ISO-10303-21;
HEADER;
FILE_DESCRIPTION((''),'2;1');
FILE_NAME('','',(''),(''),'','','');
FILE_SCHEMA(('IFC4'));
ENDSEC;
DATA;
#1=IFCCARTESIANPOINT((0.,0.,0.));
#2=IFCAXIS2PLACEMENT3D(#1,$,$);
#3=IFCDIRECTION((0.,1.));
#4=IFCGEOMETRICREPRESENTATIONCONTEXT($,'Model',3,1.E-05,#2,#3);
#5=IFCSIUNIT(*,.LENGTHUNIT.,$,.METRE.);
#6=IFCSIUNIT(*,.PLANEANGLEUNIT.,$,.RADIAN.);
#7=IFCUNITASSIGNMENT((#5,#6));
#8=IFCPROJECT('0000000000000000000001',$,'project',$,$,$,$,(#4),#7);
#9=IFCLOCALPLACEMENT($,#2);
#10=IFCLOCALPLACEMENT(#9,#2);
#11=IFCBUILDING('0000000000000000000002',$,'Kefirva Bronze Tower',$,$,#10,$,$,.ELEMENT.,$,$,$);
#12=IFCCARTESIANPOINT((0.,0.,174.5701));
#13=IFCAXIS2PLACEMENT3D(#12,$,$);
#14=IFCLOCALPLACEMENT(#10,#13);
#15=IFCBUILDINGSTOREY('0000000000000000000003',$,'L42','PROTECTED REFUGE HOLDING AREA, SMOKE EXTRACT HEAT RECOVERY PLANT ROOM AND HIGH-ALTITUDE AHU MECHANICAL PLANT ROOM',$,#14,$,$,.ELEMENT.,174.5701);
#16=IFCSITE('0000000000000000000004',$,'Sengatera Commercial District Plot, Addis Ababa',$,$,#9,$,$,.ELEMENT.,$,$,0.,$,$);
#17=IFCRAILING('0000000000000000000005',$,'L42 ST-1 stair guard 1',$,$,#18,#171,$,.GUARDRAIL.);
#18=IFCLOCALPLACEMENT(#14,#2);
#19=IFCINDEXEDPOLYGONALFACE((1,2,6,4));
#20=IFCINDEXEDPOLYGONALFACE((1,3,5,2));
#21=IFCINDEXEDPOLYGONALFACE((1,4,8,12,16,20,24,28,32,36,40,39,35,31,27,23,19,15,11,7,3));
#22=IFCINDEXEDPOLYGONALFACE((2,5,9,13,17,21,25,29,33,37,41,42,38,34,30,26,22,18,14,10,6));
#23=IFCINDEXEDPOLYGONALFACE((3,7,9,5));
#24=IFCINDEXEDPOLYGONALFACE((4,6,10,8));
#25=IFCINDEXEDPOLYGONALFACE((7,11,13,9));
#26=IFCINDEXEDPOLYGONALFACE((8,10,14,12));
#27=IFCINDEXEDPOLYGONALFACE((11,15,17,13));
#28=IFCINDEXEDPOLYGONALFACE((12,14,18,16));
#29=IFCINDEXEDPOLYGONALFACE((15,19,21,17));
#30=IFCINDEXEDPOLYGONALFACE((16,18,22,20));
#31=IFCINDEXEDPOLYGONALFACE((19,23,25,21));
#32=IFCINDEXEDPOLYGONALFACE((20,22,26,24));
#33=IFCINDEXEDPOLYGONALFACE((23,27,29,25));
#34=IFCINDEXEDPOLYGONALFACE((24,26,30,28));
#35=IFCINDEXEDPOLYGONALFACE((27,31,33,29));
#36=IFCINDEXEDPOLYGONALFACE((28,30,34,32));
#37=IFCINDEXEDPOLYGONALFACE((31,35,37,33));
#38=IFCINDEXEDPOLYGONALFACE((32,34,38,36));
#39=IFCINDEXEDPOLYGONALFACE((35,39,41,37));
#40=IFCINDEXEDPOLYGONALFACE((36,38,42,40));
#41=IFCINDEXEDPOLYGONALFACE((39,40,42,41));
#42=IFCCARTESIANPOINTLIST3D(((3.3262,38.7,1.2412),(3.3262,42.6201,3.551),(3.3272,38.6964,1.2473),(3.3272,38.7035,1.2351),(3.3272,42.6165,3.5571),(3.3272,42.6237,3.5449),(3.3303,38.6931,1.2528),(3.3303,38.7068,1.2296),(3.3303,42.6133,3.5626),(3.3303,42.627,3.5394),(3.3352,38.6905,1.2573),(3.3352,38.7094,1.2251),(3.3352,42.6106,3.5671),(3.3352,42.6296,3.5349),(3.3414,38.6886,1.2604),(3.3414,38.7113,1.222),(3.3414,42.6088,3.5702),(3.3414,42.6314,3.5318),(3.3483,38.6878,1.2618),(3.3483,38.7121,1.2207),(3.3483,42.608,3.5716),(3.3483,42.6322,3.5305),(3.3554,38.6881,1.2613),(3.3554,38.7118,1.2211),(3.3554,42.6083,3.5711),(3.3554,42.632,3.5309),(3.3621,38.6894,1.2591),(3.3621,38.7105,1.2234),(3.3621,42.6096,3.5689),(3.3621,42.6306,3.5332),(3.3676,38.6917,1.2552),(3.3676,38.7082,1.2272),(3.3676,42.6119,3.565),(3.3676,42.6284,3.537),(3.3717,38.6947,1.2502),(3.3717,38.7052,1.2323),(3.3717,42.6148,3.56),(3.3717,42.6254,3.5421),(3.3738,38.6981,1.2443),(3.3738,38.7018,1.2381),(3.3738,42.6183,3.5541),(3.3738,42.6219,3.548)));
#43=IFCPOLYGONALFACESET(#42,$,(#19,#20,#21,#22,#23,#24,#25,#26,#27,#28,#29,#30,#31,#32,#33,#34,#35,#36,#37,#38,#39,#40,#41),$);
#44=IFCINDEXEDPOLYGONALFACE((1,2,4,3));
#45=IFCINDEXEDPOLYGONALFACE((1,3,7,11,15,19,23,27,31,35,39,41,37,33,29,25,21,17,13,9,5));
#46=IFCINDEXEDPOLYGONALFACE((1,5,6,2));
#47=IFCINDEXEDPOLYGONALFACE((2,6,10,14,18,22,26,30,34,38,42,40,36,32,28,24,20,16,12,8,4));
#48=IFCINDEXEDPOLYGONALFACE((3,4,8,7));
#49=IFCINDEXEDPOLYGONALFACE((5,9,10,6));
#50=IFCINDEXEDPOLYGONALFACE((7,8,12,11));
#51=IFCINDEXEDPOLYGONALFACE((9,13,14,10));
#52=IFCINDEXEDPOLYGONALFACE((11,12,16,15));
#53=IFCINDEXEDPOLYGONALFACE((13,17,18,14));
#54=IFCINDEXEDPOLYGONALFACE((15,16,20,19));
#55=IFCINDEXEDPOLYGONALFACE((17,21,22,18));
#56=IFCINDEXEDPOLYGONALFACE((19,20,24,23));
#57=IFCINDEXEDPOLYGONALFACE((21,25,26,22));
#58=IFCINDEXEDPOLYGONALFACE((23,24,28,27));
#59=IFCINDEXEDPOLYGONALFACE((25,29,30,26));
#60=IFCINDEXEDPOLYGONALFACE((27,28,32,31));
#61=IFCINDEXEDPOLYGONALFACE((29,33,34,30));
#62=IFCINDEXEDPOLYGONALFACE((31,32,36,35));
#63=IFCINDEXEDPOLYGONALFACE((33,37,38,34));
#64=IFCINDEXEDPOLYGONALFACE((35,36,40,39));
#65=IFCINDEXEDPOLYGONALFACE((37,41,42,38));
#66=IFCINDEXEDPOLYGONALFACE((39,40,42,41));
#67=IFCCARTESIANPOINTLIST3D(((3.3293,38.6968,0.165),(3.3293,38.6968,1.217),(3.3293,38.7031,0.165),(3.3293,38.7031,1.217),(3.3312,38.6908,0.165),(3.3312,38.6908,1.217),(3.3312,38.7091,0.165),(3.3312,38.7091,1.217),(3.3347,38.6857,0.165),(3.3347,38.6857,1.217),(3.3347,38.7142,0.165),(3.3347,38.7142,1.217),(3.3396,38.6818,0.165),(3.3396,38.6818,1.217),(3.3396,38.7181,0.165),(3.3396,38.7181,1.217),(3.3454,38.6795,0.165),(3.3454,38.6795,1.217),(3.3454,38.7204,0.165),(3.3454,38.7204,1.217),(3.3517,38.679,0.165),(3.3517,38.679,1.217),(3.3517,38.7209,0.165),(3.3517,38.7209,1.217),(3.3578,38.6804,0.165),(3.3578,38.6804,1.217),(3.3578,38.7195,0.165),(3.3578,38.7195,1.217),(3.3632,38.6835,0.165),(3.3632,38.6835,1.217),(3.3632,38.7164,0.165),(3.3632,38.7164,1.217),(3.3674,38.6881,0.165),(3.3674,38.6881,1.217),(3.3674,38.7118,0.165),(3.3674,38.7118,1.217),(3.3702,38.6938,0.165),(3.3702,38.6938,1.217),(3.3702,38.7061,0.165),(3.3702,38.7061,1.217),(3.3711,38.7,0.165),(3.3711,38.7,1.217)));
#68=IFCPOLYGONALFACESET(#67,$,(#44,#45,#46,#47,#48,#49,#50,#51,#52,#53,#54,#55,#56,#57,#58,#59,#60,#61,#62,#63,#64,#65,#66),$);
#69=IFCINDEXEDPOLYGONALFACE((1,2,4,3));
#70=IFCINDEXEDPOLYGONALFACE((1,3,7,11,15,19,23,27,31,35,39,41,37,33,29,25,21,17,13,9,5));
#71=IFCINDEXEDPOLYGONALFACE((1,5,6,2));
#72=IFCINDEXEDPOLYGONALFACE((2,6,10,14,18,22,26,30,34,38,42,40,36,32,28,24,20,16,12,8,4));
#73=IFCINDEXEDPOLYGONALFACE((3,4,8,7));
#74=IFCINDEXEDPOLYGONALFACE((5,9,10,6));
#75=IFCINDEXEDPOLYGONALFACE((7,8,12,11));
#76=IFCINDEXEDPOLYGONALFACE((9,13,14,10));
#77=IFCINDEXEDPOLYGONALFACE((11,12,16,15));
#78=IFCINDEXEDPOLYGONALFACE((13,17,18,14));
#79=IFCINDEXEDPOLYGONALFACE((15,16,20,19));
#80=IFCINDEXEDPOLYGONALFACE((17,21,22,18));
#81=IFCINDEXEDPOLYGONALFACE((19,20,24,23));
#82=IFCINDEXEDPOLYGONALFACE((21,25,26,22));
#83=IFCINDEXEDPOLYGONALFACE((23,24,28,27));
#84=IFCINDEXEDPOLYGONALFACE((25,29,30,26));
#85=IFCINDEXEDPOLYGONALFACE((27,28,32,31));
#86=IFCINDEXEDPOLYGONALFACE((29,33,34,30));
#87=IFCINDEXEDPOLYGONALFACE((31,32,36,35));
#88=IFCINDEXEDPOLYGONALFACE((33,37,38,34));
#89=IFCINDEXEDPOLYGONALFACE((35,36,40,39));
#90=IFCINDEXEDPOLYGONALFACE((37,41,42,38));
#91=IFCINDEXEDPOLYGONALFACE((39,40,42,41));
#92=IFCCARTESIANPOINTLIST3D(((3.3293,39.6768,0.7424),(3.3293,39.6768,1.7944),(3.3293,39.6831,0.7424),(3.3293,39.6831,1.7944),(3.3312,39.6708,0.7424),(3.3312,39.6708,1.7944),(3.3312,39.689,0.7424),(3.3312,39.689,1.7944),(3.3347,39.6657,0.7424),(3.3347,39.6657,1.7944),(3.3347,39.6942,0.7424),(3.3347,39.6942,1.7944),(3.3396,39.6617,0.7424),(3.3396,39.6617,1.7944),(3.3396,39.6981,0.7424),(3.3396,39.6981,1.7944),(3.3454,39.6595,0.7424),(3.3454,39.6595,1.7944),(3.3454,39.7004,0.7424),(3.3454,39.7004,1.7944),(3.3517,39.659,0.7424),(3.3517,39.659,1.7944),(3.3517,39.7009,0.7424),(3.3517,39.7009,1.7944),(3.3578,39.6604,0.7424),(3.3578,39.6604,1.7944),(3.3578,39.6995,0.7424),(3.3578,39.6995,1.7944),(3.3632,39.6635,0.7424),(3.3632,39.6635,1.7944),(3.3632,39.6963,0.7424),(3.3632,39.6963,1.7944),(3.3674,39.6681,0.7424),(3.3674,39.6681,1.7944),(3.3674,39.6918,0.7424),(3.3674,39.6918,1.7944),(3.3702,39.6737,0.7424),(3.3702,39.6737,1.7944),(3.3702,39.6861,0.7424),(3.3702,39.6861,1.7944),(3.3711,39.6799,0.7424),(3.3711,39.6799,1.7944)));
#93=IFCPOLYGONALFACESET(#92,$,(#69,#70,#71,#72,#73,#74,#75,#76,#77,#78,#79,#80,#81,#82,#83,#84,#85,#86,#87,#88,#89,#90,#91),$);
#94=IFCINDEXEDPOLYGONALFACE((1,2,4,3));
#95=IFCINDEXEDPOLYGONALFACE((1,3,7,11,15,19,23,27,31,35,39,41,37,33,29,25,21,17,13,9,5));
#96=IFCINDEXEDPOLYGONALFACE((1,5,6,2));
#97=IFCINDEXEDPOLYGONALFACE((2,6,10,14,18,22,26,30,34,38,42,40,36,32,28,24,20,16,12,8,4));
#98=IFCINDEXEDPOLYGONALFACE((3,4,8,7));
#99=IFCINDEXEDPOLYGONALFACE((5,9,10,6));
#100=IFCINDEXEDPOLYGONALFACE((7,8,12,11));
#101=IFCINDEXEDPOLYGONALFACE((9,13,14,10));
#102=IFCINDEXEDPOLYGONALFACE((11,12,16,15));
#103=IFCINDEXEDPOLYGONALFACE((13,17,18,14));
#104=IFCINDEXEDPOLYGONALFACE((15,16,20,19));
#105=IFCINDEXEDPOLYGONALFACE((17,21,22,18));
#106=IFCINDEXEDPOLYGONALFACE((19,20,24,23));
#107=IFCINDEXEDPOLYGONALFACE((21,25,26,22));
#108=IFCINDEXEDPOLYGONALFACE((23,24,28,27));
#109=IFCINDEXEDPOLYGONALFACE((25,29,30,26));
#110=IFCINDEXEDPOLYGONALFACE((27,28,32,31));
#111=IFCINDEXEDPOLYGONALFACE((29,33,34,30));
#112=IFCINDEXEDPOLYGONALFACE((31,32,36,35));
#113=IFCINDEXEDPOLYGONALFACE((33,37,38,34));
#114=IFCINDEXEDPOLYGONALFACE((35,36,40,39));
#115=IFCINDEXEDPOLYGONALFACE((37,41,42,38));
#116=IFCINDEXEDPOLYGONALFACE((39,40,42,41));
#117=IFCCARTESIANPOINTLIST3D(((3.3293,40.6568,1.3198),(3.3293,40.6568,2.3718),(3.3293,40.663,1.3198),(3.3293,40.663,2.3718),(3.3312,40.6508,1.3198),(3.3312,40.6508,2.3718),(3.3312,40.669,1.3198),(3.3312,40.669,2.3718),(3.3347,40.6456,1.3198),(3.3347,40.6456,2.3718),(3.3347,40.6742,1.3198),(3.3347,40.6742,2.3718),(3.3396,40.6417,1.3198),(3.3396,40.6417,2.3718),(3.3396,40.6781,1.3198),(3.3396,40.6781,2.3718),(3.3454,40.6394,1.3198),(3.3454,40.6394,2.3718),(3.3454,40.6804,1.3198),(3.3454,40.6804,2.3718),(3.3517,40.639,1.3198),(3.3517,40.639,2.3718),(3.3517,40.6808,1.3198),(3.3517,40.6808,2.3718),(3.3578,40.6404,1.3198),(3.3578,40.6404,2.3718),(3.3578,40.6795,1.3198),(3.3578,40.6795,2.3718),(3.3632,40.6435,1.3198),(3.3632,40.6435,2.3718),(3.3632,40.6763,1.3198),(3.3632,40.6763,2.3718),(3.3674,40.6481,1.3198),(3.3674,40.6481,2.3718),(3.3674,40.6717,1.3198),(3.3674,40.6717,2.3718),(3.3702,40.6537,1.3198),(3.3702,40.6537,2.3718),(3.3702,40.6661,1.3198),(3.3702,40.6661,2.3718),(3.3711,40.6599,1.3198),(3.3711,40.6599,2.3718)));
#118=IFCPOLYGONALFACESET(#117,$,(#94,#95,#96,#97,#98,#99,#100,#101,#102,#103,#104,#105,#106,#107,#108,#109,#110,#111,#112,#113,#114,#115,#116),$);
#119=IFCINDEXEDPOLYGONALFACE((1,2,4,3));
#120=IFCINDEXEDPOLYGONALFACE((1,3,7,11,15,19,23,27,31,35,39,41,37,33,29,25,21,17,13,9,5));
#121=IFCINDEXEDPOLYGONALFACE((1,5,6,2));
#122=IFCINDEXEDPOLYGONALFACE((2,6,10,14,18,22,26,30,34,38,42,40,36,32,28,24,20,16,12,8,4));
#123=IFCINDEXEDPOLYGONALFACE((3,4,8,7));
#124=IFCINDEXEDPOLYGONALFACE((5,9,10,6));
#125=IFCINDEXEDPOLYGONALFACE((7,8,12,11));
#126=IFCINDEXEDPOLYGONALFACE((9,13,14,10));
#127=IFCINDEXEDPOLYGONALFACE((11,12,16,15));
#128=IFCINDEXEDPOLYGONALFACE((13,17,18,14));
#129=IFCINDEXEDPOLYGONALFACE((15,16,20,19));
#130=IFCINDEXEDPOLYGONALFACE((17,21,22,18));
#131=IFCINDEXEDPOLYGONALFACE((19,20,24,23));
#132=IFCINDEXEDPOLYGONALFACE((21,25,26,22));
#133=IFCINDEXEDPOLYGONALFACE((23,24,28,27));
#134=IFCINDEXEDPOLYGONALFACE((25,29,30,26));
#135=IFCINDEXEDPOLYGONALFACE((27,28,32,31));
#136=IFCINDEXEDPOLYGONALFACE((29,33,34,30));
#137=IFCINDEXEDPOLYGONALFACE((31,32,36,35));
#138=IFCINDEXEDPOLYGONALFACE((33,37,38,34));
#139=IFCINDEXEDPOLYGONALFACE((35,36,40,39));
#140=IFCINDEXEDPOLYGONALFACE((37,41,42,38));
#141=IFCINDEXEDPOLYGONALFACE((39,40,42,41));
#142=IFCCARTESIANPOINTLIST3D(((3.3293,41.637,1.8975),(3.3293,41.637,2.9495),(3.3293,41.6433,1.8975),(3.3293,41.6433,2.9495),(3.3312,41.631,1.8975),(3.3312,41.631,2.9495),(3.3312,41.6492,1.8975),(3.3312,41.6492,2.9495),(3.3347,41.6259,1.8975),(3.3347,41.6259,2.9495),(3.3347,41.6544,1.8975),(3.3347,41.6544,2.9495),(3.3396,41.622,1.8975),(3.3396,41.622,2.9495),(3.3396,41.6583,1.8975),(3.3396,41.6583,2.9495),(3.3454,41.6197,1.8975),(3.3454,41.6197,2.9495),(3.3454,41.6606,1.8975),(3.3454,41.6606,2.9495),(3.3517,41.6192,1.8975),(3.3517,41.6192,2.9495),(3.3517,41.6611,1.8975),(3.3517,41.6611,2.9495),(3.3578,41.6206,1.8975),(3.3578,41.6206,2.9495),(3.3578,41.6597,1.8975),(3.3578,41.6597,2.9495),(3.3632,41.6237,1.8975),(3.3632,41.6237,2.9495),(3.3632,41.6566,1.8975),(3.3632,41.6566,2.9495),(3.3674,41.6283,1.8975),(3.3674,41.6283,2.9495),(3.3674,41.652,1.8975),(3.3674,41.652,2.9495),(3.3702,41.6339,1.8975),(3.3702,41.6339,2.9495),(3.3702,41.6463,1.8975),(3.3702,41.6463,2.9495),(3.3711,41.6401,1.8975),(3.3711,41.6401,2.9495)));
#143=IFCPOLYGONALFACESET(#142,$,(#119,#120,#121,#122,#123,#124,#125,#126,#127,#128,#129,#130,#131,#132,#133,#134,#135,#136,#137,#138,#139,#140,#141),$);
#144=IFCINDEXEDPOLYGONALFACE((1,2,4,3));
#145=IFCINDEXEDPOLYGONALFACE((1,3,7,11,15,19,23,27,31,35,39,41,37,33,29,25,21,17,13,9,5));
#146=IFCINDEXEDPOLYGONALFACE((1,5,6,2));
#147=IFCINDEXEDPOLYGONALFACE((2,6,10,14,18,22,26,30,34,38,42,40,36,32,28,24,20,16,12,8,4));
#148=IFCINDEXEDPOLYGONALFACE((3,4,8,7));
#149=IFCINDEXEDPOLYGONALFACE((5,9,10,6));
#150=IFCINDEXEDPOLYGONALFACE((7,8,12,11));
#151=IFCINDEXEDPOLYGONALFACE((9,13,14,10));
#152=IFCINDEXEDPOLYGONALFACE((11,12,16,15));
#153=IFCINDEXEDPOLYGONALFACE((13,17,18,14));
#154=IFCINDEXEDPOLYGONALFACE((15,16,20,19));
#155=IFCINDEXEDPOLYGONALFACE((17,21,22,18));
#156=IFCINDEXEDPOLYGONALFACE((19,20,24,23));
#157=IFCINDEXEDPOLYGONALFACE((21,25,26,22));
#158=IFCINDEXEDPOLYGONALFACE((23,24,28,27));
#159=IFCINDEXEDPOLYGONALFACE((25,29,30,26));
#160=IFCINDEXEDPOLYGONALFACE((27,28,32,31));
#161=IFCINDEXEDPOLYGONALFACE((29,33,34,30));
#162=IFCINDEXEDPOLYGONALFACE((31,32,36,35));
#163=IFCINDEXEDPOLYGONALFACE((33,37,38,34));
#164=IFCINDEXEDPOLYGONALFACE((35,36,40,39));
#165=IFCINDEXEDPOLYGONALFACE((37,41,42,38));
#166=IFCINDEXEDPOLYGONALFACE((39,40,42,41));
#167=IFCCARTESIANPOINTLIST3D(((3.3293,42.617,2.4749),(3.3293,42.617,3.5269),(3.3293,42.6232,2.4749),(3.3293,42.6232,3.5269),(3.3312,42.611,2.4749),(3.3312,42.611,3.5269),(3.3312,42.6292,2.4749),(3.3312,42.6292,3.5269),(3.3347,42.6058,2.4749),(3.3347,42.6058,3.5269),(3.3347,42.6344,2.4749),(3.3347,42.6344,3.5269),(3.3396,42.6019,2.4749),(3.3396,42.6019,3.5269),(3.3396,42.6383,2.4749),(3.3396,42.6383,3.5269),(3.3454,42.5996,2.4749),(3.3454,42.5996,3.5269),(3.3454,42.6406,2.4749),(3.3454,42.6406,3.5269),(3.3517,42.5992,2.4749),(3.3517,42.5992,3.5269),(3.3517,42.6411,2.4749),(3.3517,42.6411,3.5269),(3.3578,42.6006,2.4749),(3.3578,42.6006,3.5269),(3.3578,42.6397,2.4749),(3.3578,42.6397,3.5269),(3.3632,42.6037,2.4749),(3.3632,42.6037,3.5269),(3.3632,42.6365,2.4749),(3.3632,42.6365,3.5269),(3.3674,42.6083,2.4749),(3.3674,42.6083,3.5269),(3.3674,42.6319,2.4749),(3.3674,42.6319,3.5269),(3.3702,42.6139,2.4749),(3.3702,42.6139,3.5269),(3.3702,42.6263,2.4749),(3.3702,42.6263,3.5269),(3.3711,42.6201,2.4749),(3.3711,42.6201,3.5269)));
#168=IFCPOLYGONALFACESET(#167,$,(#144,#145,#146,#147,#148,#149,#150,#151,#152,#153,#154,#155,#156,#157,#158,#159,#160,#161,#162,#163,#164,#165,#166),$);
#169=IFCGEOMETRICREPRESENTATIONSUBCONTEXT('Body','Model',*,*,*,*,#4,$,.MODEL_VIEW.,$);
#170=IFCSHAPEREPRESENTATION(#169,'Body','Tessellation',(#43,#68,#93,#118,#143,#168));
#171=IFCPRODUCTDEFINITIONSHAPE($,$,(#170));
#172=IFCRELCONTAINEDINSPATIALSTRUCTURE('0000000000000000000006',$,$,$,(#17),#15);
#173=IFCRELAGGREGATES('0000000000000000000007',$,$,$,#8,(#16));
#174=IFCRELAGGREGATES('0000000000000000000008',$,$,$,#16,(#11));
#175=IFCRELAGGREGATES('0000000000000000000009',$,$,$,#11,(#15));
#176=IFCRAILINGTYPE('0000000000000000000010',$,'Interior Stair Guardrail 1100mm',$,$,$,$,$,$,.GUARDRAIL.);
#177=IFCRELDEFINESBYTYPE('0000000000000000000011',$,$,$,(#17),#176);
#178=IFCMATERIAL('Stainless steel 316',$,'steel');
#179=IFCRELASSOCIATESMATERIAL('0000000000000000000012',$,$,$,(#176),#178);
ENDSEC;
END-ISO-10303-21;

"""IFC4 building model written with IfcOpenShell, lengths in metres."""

from ifc_helpers import new_model, si_unit, direction, frame, origin, origin_2d, place, context, subcontext, project, spatial, circle, extrude, material, type_object, element, save


model = new_model("IFC4")

# Units and contexts
model_context = context("Model", 3, precision=1e-05, world=origin(), true_north=direction((0.0, 1.0)))
body_context = subcontext(model_context, "Body", "Model", "MODEL_VIEW")
ifc_project = project(units=[si_unit("LENGTHUNIT", "METRE"), si_unit("PLANEANGLEUNIT", "RADIAN")], contexts=[model_context])

# Site, building, storey
site_placement = place(None, origin())
site = spatial("IfcSite", under=ifc_project, at=site_placement, Name="Sengatera Commercial District Plot, Addis Ababa", CompositionType="ELEMENT", RefElevation=0.0)
building_placement = place(site_placement, origin())
building = spatial("IfcBuilding", under=site, at=building_placement, Name="Kefirva Bronze Tower", CompositionType="ELEMENT")
storey_placement = place(building_placement, frame((0.0, 0.0, 174.5701)))
storey = spatial("IfcBuildingStorey", under=building, at=storey_placement, Name="L42", Description="PROTECTED REFUGE HOLDING AREA, SMOKE EXTRACT HEAT RECOVERY PLANT ROOM AND HIGH-ALTITUDE AHU MECHANICAL PLANT ROOM", CompositionType="ELEMENT", Elevation=174.5701)

# Railing
ifc_material_1 = material(Name="Stainless steel 316", Category="steel")
railing_type_1 = type_object("IfcRailingType", Name="Interior Stair Guardrail 1100mm", PredefinedType="GUARDRAIL", material=ifc_material_1)
railing_1_placement = place(storey_placement, frame((3.3501, 38.7, 0.165)))
element("IfcRailing", 1, at=railing_1_placement, inside=storey, type_object=railing_type_1, Name="L42 ST-1 stair guard 1", PredefinedType="GUARDRAIL", context=body_context, shape_type="SweptSolid", body=[
    extrude(circle(Radius=0.0239, at=origin_2d()), frame((0.0, 0.0, 1.0762), z_axis=(0.0, 0.861566, 0.507646), x_axis=(-1.0, 0.0, 0.0)), (0.0, 0.0, 1.0), 4.55),
    extrude(circle(Radius=0.021, at=origin_2d()), origin(), (0.0, 0.0, 1.0), 1.052),
    extrude(circle(Radius=0.021, at=origin_2d()), frame((0.0, 0.98, 0.5774)), (0.0, 0.0, 1.0), 1.052),
    extrude(circle(Radius=0.021, at=origin_2d()), frame((0.0, 1.96, 1.1548)), (0.0, 0.0, 1.0), 1.052),
    extrude(circle(Radius=0.021, at=origin_2d()), frame((0.0, 2.9402, 1.7324)), (0.0, 0.0, 1.0), 1.052),
    extrude(circle(Radius=0.021, at=origin_2d()), frame((0.0, 3.9202, 2.3098)), (0.0, 0.0, 1.0), 1.052),
])

save(model, "model.ifc")
